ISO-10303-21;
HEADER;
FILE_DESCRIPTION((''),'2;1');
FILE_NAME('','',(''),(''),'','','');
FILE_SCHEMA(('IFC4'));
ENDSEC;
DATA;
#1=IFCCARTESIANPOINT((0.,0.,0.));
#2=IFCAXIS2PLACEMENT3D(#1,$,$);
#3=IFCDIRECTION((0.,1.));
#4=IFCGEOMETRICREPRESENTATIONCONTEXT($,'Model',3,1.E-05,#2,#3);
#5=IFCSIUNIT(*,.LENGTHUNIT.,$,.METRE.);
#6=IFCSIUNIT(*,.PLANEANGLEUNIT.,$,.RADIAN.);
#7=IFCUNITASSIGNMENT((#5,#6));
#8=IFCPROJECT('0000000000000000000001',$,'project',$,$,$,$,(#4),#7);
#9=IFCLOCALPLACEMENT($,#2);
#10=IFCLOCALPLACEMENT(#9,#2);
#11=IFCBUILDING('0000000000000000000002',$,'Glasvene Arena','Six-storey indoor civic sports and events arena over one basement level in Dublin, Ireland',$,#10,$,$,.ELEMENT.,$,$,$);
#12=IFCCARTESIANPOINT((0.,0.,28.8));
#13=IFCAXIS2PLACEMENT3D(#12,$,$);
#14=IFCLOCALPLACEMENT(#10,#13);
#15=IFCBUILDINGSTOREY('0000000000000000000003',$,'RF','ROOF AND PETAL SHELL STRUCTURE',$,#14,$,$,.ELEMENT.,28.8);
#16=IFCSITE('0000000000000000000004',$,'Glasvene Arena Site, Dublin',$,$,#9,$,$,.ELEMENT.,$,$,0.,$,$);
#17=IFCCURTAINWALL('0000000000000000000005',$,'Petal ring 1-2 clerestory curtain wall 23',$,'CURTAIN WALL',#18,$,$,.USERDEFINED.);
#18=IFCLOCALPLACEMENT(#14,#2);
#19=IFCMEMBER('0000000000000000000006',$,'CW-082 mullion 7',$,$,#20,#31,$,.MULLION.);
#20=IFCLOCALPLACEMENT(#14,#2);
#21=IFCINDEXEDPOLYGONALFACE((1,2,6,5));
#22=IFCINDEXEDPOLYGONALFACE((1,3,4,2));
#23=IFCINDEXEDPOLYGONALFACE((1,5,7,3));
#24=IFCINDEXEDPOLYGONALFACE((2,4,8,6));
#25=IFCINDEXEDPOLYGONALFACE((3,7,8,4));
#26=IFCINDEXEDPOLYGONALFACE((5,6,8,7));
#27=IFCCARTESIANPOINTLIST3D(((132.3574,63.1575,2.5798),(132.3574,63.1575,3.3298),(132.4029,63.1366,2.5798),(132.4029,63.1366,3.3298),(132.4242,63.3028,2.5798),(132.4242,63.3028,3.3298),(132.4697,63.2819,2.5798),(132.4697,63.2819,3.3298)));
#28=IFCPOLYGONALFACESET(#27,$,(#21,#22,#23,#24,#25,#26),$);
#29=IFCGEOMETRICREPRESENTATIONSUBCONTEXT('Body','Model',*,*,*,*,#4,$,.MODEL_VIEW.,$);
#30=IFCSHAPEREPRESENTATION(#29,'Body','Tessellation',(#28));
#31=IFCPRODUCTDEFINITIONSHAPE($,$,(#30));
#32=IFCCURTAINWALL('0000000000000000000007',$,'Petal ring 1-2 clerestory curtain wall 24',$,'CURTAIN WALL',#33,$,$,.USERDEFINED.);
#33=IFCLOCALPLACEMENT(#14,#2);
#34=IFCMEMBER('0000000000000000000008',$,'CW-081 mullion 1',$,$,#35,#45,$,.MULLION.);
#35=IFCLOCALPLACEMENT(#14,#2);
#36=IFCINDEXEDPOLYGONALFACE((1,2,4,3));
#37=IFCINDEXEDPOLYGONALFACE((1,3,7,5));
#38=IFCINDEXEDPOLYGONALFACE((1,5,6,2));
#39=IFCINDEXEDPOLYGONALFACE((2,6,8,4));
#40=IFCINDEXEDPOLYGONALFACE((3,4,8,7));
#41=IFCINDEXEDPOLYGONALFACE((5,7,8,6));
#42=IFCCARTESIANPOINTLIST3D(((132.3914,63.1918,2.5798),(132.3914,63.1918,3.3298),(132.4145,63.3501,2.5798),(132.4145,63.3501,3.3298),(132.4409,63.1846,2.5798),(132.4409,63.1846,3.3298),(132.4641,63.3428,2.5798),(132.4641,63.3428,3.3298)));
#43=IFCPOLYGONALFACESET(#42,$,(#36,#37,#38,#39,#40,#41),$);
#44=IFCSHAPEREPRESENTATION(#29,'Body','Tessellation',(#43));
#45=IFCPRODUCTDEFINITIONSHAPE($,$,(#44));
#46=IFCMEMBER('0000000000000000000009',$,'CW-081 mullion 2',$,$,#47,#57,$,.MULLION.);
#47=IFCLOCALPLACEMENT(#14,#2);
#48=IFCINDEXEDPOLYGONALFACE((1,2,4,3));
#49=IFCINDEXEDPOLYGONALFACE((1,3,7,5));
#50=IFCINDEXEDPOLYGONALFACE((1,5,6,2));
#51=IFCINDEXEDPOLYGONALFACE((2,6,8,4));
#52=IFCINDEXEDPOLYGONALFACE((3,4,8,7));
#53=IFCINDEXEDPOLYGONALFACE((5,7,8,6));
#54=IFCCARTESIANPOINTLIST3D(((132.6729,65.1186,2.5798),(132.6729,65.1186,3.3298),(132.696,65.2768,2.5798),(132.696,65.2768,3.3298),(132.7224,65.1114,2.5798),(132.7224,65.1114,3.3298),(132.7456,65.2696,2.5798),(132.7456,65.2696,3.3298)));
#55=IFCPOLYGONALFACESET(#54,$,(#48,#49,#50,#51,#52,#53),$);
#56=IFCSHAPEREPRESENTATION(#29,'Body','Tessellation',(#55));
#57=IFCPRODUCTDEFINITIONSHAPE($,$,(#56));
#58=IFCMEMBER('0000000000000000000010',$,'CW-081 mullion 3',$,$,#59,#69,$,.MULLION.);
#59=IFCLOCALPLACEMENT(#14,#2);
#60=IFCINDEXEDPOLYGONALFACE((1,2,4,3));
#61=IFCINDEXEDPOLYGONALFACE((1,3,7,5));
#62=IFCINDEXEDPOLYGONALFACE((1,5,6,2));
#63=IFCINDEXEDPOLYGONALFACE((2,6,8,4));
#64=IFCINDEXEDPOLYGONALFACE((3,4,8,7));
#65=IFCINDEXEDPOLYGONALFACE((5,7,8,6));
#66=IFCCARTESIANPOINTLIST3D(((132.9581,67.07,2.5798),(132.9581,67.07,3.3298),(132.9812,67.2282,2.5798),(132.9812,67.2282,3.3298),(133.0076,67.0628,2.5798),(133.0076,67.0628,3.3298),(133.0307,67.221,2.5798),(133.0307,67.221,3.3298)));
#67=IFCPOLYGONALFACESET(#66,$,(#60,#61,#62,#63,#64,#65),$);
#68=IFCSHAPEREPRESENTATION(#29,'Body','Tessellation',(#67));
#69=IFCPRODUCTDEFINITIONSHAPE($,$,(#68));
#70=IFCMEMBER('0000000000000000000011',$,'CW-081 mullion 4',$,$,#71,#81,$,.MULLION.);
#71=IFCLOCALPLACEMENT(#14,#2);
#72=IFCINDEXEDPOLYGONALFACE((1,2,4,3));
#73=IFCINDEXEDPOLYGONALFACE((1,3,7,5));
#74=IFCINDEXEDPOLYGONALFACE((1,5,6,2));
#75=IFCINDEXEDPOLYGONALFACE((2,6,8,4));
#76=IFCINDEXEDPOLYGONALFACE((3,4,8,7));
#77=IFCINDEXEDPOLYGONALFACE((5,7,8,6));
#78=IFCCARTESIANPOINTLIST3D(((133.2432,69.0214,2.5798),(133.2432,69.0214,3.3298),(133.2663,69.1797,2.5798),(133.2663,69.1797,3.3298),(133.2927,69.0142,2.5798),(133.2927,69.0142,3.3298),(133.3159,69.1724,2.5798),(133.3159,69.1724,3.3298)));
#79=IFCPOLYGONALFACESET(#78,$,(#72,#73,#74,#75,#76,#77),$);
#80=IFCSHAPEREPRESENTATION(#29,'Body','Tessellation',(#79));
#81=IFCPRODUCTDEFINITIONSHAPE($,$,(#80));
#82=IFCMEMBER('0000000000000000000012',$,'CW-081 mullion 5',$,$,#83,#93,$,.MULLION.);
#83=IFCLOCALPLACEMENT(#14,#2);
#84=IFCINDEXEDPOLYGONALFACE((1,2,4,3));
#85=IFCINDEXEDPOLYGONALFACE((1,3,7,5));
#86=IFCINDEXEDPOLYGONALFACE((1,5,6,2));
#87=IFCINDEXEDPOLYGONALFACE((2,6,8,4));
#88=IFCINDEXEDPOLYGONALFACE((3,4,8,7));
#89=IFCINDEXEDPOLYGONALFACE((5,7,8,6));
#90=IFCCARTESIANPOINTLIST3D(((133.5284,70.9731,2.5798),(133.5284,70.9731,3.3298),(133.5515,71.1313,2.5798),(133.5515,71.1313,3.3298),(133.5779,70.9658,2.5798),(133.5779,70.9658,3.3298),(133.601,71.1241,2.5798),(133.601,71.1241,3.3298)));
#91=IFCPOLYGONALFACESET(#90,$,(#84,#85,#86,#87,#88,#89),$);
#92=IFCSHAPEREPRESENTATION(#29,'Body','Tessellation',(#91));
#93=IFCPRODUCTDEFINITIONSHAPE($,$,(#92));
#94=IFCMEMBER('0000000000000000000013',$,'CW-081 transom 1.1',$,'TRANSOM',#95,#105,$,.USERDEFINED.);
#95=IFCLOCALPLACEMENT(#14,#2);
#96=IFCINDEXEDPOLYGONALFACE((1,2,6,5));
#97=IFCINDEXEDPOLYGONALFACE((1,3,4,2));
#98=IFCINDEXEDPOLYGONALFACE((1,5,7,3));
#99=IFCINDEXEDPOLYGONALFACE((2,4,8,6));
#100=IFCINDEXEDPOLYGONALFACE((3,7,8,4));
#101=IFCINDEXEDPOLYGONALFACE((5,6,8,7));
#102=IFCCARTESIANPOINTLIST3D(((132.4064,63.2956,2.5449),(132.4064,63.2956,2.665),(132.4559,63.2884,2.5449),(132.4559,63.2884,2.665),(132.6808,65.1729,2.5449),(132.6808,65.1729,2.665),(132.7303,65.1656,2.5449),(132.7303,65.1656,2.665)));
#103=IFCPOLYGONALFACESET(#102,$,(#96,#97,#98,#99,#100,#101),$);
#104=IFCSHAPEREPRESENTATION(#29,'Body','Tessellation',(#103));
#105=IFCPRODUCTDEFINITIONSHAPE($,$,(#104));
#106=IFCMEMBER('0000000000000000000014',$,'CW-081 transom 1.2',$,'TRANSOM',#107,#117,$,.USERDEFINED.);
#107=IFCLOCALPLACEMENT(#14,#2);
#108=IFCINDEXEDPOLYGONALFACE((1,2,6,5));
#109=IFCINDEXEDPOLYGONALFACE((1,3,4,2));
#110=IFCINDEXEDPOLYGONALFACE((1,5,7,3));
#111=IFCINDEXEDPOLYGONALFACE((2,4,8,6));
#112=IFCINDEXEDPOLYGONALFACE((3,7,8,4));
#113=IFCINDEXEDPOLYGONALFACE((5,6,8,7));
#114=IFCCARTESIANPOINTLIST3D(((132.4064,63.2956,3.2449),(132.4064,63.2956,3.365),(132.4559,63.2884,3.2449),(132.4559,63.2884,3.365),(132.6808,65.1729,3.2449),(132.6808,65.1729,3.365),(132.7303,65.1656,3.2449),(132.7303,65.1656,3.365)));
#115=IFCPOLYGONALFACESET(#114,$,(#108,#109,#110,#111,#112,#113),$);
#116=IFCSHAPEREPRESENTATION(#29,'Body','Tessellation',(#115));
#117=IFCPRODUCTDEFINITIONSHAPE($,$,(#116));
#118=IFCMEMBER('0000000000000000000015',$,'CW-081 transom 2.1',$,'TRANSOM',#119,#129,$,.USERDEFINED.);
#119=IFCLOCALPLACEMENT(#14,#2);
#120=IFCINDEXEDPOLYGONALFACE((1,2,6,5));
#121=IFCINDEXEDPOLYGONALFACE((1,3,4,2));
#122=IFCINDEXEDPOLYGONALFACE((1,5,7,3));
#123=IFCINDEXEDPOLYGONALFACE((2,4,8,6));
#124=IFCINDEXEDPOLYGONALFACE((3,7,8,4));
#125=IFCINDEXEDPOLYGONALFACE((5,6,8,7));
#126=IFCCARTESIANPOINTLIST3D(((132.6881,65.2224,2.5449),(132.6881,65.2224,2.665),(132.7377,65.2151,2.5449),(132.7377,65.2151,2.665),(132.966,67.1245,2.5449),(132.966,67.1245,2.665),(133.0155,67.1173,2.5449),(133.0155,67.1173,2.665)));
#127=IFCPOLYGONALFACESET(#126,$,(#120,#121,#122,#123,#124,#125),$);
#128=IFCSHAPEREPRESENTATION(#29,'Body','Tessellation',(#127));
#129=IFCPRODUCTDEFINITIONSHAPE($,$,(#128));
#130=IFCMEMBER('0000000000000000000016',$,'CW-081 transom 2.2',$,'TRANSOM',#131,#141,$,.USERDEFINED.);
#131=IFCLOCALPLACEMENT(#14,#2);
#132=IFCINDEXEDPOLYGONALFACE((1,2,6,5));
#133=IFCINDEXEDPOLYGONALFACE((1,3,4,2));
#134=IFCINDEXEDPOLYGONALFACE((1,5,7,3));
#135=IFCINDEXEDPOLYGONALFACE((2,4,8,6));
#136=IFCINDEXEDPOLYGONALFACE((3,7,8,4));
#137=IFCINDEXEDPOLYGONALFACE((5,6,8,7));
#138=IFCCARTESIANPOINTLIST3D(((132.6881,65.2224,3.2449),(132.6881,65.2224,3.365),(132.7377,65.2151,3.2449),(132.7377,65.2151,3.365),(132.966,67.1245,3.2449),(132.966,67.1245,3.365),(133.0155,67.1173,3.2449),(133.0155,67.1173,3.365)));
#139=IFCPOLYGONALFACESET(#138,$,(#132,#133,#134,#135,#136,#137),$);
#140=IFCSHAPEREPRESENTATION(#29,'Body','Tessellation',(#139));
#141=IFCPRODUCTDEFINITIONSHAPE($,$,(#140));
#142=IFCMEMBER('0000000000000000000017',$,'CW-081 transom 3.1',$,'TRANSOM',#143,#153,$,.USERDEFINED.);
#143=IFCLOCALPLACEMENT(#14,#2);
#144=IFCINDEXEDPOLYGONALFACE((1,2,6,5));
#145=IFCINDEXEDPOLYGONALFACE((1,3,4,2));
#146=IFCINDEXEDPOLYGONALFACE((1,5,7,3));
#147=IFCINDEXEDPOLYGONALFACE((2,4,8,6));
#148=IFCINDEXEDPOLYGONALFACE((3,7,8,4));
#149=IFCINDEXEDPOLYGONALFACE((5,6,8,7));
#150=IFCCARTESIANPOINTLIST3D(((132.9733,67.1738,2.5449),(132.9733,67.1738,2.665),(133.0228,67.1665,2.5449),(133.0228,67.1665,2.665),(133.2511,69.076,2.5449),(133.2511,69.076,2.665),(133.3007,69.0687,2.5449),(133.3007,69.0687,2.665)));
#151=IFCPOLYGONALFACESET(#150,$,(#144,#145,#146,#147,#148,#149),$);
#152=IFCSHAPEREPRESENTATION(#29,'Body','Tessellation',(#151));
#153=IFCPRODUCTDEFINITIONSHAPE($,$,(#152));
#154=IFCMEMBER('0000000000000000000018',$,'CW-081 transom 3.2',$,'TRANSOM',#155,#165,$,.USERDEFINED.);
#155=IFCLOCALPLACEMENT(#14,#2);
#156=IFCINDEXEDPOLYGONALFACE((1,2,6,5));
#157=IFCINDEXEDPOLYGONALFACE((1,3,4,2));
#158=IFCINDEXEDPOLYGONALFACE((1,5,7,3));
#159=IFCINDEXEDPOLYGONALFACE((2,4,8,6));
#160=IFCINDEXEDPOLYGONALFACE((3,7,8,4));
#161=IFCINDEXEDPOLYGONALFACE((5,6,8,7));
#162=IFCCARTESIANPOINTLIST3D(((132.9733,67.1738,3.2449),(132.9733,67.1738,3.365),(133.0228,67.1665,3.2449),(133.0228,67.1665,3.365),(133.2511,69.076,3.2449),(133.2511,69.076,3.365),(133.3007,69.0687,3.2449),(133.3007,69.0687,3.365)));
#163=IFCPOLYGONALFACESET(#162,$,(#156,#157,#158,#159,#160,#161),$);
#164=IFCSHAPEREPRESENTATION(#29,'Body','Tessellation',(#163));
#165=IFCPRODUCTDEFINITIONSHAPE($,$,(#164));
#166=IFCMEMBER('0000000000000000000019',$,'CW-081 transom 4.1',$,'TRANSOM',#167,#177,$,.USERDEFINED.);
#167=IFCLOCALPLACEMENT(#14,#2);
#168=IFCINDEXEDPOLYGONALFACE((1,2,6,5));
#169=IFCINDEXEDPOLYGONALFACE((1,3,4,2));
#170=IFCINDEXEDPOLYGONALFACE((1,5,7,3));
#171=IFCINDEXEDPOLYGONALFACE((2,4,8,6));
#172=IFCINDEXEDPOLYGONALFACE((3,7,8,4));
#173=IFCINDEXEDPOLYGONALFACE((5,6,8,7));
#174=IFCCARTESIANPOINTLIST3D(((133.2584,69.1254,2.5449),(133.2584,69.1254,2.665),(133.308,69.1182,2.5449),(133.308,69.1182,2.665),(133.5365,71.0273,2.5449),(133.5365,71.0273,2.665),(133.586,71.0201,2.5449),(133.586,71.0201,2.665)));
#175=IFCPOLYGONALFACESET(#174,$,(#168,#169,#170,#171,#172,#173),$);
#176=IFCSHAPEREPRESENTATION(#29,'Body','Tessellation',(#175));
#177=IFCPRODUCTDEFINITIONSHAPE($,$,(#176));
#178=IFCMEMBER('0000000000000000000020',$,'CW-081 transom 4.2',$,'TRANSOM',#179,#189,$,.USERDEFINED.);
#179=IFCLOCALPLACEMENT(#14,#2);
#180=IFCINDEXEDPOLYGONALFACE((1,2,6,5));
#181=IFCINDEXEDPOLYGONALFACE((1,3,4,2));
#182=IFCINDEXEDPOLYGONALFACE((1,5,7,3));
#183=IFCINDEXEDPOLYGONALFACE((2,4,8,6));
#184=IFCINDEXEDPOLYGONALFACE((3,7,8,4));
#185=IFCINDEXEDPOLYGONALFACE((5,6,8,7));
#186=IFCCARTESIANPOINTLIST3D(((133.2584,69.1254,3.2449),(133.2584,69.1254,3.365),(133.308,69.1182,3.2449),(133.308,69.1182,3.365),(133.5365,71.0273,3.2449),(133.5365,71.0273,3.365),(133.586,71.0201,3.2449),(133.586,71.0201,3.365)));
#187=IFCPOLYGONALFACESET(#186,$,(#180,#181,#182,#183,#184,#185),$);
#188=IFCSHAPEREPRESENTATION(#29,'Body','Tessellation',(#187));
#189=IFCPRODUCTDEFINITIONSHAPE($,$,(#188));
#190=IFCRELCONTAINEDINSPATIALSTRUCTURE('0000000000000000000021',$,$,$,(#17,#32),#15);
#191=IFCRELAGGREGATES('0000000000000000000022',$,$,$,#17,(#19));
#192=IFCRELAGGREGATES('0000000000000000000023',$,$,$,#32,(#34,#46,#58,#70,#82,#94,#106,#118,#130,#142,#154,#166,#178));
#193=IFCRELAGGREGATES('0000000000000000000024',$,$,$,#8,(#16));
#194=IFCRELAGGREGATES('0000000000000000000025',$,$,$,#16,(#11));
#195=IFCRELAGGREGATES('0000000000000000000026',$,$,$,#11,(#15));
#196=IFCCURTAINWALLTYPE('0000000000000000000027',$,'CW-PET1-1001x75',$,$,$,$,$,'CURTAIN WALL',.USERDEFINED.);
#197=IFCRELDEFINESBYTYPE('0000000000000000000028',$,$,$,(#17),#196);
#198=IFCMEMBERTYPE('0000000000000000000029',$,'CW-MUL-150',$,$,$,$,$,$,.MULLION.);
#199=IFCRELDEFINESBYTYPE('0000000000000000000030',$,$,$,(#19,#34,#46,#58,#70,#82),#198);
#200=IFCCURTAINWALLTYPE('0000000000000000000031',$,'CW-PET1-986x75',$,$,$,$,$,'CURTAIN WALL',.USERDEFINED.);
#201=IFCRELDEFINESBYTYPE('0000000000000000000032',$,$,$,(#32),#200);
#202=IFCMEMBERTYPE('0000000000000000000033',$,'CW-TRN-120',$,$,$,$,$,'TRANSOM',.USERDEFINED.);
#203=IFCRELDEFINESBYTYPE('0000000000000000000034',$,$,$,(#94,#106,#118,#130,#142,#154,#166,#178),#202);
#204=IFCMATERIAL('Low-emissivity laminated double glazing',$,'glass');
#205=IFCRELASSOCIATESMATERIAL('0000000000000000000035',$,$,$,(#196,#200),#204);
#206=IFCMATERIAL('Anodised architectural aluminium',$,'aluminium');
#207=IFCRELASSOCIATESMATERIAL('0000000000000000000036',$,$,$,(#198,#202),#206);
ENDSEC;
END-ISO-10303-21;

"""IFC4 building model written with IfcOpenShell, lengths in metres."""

from ifc_helpers import new_model, si_unit, direction, frame, origin, origin_2d, place, context, subcontext, project, spatial, rectangle, extrude, material, material_profile, profile_set, type_object, element, aggregate, save


model = new_model("IFC4")

# Units and contexts
model_context = context("Model", 3, precision=1e-05, world=origin(), true_north=direction((0.0, 1.0)))
body_context = subcontext(model_context, "Body", "Model", "MODEL_VIEW")
ifc_project = project(units=[si_unit("LENGTHUNIT", "METRE"), si_unit("PLANEANGLEUNIT", "RADIAN")], contexts=[model_context])

# Site, building, storey
site_placement = place(None, origin())
site = spatial("IfcSite", under=ifc_project, at=site_placement, Name="Glasvene Arena Site, Dublin", CompositionType="ELEMENT", RefElevation=0.0)
building_placement = place(site_placement, origin())
building = spatial("IfcBuilding", under=site, at=building_placement, Name="Glasvene Arena", Description="Six-storey indoor civic sports and events arena over one basement level in Dublin, Ireland", CompositionType="ELEMENT")
storey_placement = place(building_placement, frame((0.0, 0.0, 28.8)))
storey = spatial("IfcBuildingStorey", under=building, at=storey_placement, Name="RF", Description="ROOF AND PETAL SHELL STRUCTURE", CompositionType="ELEMENT", Elevation=28.8)

# Curtain wall, member
ifc_material_1 = material(Name="Low-emissivity laminated double glazing", Category="glass")
curtain_wall_type_1 = type_object("IfcCurtainWallType", Name="CW-PET1-1001x75", ElementType="CURTAIN WALL", PredefinedType="USERDEFINED", material=ifc_material_1)
curtain_wall_1_placement = place(storey_placement, frame((128.2432, 54.1499, 0.0)))
curtain_wall_1 = element("IfcCurtainWall", 1, at=curtain_wall_1_placement, inside=storey, type_object=curtain_wall_type_1, Name="Petal ring 1-2 clerestory curtain wall 23", ObjectType="CURTAIN WALL", PredefinedType="USERDEFINED")
ifc_material_2 = material(Name="Anodised architectural aluminium", Category="aluminium")
ifc_material_profile_1 = material_profile(ifc_material_2, rectangle(XDim=0.05, YDim=0.1599, at=origin_2d()), Name="ALU MULLION 50x160")
ifc_profile_set_1 = profile_set([ifc_material_profile_1], Name="Anodised architectural aluminium")
member_type_1 = type_object("IfcMemberType", Name="CW-MUL-150", PredefinedType="MULLION", material=ifc_profile_set_1)
member_1_placement = place(storey_placement, frame((132.4136, 63.2197, 2.5798), z_axis=(0.0, 0.0, 1.0), x_axis=(-0.908557, 0.417761, 0.0)))
member_1 = element("IfcMember", 2, at=member_1_placement, type_object=member_type_1, Name="CW-082 mullion 7", PredefinedType="MULLION", context=body_context, shape_type="SweptSolid", body=[
    extrude(rectangle(XDim=0.05, YDim=0.1599, at=origin_2d()), origin(), (0.0, 0.0, 1.0), 0.75),
])

# Curtain wall, members
curtain_wall_type_2 = type_object("IfcCurtainWallType", Name="CW-PET1-986x75", ElementType="CURTAIN WALL", PredefinedType="USERDEFINED", material=ifc_material_1)
curtain_wall_2_placement = place(storey_placement, frame((132.4241, 63.2424, 0.0)))
curtain_wall_2 = element("IfcCurtainWall", 3, at=curtain_wall_2_placement, inside=storey, type_object=curtain_wall_type_2, Name="Petal ring 1-2 clerestory curtain wall 24", ObjectType="CURTAIN WALL", PredefinedType="USERDEFINED")
member_2_placement = place(storey_placement, frame((132.4277, 63.2673, 2.5798), z_axis=(0.0, 0.0, 1.0), x_axis=(-0.989489, 0.144608, 0.0)))
member_2 = element("IfcMember", 4, at=member_2_placement, type_object=member_type_1, Name="CW-081 mullion 1", PredefinedType="MULLION", context=body_context, shape_type="SweptSolid", body=[
    extrude(rectangle(XDim=0.05, YDim=0.1599, at=origin_2d()), origin(), (0.0, 0.0, 1.0), 0.75),
])
member_3_placement = place(storey_placement, frame((132.7092, 65.1941, 2.5798), z_axis=(0.0, 0.0, 1.0), x_axis=(-0.989489, 0.144608, 0.0)))
member_3 = element("IfcMember", 5, at=member_3_placement, type_object=member_type_1, Name="CW-081 mullion 2", PredefinedType="MULLION", context=body_context, shape_type="SweptSolid", body=[
    extrude(rectangle(XDim=0.05, YDim=0.1599, at=origin_2d()), origin(), (0.0, 0.0, 1.0), 0.75),
])
member_4_placement = place(storey_placement, frame((132.9944, 67.1455, 2.5798), z_axis=(0.0, 0.0, 1.0), x_axis=(-0.989489, 0.144608, 0.0)))
member_4 = element("IfcMember", 6, at=member_4_placement, type_object=member_type_1, Name="CW-081 mullion 3", PredefinedType="MULLION", context=body_context, shape_type="SweptSolid", body=[
    extrude(rectangle(XDim=0.05, YDim=0.1599, at=origin_2d()), origin(), (0.0, 0.0, 1.0), 0.75),
])
member_5_placement = place(storey_placement, frame((133.2795, 69.0969, 2.5798), z_axis=(0.0, 0.0, 1.0), x_axis=(-0.989489, 0.144608, 0.0)))
member_5 = element("IfcMember", 7, at=member_5_placement, type_object=member_type_1, Name="CW-081 mullion 4", PredefinedType="MULLION", context=body_context, shape_type="SweptSolid", body=[
    extrude(rectangle(XDim=0.05, YDim=0.1599, at=origin_2d()), origin(), (0.0, 0.0, 1.0), 0.75),
])
member_6_placement = place(storey_placement, frame((133.5647, 71.0486, 2.5798), z_axis=(0.0, 0.0, 1.0), x_axis=(-0.989489, 0.144608, 0.0)))
member_6 = element("IfcMember", 8, at=member_6_placement, type_object=member_type_1, Name="CW-081 mullion 5", PredefinedType="MULLION", context=body_context, shape_type="SweptSolid", body=[
    extrude(rectangle(XDim=0.05, YDim=0.1599, at=origin_2d()), origin(), (0.0, 0.0, 1.0), 0.75),
])
ifc_material_profile_2 = material_profile(ifc_material_2, rectangle(XDim=0.05, YDim=0.1201, at=origin_2d()), Name="ALU TRANSOM 50x120")
ifc_profile_set_2 = profile_set([ifc_material_profile_2], Name="Anodised architectural aluminium")
member_type_2 = type_object("IfcMemberType", Name="CW-TRN-120", ElementType="TRANSOM", PredefinedType="USERDEFINED", material=ifc_profile_set_2)
member_7_placement = place(storey_placement, frame((132.4312, 63.292, 2.605), z_axis=(0.144646, 0.989484, 0.0), x_axis=(-0.989484, 0.144646, 0.0)))
member_7 = element("IfcMember", 9, at=member_7_placement, type_object=member_type_2, Name="CW-081 transom 1.1", ObjectType="TRANSOM", PredefinedType="USERDEFINED", context=body_context, shape_type="SweptSolid", body=[
    extrude(rectangle(XDim=0.05, YDim=0.1201, at=origin_2d()), origin(), (0.0, 0.0, 1.0), 1.8972),
])
member_8_placement = place(storey_placement, frame((132.4312, 63.292, 3.3049), z_axis=(0.144646, 0.989484, 0.0), x_axis=(-0.989484, 0.144646, 0.0)))
member_8 = element("IfcMember", 10, at=member_8_placement, type_object=member_type_2, Name="CW-081 transom 1.2", ObjectType="TRANSOM", PredefinedType="USERDEFINED", context=body_context, shape_type="SweptSolid", body=[
    extrude(rectangle(XDim=0.05, YDim=0.1201, at=origin_2d()), origin(), (0.0, 0.0, 1.0), 1.8972),
])
member_9_placement = place(storey_placement, frame((132.7129, 65.2188, 2.605), z_axis=(0.144532, 0.9895, 0.0), x_axis=(-0.9895, 0.144532, 0.0)))
member_9 = element("IfcMember", 11, at=member_9_placement, type_object=member_type_2, Name="CW-081 transom 2.1", ObjectType="TRANSOM", PredefinedType="USERDEFINED", context=body_context, shape_type="SweptSolid", body=[
    extrude(rectangle(XDim=0.05, YDim=0.1201, at=origin_2d()), origin(), (0.0, 0.0, 1.0), 1.9224),
])
member_10_placement = place(storey_placement, frame((132.7129, 65.2188, 3.3049), z_axis=(0.144532, 0.9895, 0.0), x_axis=(-0.9895, 0.144532, 0.0)))
member_10 = element("IfcMember", 12, at=member_10_placement, type_object=member_type_2, Name="CW-081 transom 2.2", ObjectType="TRANSOM", PredefinedType="USERDEFINED", context=body_context, shape_type="SweptSolid", body=[
    extrude(rectangle(XDim=0.05, YDim=0.1201, at=origin_2d()), origin(), (0.0, 0.0, 1.0), 1.9224),
])
member_11_placement = place(storey_placement, frame((132.998, 67.1702, 2.605), z_axis=(0.144532, 0.9895, 0.0), x_axis=(-0.9895, 0.144532, 0.0)))
member_11 = element("IfcMember", 13, at=member_11_placement, type_object=member_type_2, Name="CW-081 transom 3.1", ObjectType="TRANSOM", PredefinedType="USERDEFINED", context=body_context, shape_type="SweptSolid", body=[
    extrude(rectangle(XDim=0.05, YDim=0.1201, at=origin_2d()), origin(), (0.0, 0.0, 1.0), 1.9224),
])
member_12_placement = place(storey_placement, frame((132.998, 67.1702, 3.3049), z_axis=(0.144532, 0.9895, 0.0), x_axis=(-0.9895, 0.144532, 0.0)))
member_12 = element("IfcMember", 14, at=member_12_placement, type_object=member_type_2, Name="CW-081 transom 3.2", ObjectType="TRANSOM", PredefinedType="USERDEFINED", context=body_context, shape_type="SweptSolid", body=[
    extrude(rectangle(XDim=0.05, YDim=0.1201, at=origin_2d()), origin(), (0.0, 0.0, 1.0), 1.9224),
])
member_13_placement = place(storey_placement, frame((133.2832, 69.1218, 2.605), z_axis=(0.144675, 0.989479, 0.0), x_axis=(-0.989479, 0.144675, 0.0)))
member_13 = element("IfcMember", 15, at=member_13_placement, type_object=member_type_2, Name="CW-081 transom 4.1", ObjectType="TRANSOM", PredefinedType="USERDEFINED", context=body_context, shape_type="SweptSolid", body=[
    extrude(rectangle(XDim=0.05, YDim=0.1201, at=origin_2d()), origin(), (0.0, 0.0, 1.0), 1.9221),
])
member_14_placement = place(storey_placement, frame((133.2832, 69.1218, 3.3049), z_axis=(0.144675, 0.989479, 0.0), x_axis=(-0.989479, 0.144675, 0.0)))
member_14 = element("IfcMember", 16, at=member_14_placement, type_object=member_type_2, Name="CW-081 transom 4.2", ObjectType="TRANSOM", PredefinedType="USERDEFINED", context=body_context, shape_type="SweptSolid", body=[
    extrude(rectangle(XDim=0.05, YDim=0.1201, at=origin_2d()), origin(), (0.0, 0.0, 1.0), 1.9221),
])

aggregate(curtain_wall_1, [member_1])
aggregate(curtain_wall_2, [member_2, member_3, member_4, member_5, member_6, member_7, member_8, member_9, member_10, member_11, member_12, member_13, member_14])

save(model, "model.ifc")
